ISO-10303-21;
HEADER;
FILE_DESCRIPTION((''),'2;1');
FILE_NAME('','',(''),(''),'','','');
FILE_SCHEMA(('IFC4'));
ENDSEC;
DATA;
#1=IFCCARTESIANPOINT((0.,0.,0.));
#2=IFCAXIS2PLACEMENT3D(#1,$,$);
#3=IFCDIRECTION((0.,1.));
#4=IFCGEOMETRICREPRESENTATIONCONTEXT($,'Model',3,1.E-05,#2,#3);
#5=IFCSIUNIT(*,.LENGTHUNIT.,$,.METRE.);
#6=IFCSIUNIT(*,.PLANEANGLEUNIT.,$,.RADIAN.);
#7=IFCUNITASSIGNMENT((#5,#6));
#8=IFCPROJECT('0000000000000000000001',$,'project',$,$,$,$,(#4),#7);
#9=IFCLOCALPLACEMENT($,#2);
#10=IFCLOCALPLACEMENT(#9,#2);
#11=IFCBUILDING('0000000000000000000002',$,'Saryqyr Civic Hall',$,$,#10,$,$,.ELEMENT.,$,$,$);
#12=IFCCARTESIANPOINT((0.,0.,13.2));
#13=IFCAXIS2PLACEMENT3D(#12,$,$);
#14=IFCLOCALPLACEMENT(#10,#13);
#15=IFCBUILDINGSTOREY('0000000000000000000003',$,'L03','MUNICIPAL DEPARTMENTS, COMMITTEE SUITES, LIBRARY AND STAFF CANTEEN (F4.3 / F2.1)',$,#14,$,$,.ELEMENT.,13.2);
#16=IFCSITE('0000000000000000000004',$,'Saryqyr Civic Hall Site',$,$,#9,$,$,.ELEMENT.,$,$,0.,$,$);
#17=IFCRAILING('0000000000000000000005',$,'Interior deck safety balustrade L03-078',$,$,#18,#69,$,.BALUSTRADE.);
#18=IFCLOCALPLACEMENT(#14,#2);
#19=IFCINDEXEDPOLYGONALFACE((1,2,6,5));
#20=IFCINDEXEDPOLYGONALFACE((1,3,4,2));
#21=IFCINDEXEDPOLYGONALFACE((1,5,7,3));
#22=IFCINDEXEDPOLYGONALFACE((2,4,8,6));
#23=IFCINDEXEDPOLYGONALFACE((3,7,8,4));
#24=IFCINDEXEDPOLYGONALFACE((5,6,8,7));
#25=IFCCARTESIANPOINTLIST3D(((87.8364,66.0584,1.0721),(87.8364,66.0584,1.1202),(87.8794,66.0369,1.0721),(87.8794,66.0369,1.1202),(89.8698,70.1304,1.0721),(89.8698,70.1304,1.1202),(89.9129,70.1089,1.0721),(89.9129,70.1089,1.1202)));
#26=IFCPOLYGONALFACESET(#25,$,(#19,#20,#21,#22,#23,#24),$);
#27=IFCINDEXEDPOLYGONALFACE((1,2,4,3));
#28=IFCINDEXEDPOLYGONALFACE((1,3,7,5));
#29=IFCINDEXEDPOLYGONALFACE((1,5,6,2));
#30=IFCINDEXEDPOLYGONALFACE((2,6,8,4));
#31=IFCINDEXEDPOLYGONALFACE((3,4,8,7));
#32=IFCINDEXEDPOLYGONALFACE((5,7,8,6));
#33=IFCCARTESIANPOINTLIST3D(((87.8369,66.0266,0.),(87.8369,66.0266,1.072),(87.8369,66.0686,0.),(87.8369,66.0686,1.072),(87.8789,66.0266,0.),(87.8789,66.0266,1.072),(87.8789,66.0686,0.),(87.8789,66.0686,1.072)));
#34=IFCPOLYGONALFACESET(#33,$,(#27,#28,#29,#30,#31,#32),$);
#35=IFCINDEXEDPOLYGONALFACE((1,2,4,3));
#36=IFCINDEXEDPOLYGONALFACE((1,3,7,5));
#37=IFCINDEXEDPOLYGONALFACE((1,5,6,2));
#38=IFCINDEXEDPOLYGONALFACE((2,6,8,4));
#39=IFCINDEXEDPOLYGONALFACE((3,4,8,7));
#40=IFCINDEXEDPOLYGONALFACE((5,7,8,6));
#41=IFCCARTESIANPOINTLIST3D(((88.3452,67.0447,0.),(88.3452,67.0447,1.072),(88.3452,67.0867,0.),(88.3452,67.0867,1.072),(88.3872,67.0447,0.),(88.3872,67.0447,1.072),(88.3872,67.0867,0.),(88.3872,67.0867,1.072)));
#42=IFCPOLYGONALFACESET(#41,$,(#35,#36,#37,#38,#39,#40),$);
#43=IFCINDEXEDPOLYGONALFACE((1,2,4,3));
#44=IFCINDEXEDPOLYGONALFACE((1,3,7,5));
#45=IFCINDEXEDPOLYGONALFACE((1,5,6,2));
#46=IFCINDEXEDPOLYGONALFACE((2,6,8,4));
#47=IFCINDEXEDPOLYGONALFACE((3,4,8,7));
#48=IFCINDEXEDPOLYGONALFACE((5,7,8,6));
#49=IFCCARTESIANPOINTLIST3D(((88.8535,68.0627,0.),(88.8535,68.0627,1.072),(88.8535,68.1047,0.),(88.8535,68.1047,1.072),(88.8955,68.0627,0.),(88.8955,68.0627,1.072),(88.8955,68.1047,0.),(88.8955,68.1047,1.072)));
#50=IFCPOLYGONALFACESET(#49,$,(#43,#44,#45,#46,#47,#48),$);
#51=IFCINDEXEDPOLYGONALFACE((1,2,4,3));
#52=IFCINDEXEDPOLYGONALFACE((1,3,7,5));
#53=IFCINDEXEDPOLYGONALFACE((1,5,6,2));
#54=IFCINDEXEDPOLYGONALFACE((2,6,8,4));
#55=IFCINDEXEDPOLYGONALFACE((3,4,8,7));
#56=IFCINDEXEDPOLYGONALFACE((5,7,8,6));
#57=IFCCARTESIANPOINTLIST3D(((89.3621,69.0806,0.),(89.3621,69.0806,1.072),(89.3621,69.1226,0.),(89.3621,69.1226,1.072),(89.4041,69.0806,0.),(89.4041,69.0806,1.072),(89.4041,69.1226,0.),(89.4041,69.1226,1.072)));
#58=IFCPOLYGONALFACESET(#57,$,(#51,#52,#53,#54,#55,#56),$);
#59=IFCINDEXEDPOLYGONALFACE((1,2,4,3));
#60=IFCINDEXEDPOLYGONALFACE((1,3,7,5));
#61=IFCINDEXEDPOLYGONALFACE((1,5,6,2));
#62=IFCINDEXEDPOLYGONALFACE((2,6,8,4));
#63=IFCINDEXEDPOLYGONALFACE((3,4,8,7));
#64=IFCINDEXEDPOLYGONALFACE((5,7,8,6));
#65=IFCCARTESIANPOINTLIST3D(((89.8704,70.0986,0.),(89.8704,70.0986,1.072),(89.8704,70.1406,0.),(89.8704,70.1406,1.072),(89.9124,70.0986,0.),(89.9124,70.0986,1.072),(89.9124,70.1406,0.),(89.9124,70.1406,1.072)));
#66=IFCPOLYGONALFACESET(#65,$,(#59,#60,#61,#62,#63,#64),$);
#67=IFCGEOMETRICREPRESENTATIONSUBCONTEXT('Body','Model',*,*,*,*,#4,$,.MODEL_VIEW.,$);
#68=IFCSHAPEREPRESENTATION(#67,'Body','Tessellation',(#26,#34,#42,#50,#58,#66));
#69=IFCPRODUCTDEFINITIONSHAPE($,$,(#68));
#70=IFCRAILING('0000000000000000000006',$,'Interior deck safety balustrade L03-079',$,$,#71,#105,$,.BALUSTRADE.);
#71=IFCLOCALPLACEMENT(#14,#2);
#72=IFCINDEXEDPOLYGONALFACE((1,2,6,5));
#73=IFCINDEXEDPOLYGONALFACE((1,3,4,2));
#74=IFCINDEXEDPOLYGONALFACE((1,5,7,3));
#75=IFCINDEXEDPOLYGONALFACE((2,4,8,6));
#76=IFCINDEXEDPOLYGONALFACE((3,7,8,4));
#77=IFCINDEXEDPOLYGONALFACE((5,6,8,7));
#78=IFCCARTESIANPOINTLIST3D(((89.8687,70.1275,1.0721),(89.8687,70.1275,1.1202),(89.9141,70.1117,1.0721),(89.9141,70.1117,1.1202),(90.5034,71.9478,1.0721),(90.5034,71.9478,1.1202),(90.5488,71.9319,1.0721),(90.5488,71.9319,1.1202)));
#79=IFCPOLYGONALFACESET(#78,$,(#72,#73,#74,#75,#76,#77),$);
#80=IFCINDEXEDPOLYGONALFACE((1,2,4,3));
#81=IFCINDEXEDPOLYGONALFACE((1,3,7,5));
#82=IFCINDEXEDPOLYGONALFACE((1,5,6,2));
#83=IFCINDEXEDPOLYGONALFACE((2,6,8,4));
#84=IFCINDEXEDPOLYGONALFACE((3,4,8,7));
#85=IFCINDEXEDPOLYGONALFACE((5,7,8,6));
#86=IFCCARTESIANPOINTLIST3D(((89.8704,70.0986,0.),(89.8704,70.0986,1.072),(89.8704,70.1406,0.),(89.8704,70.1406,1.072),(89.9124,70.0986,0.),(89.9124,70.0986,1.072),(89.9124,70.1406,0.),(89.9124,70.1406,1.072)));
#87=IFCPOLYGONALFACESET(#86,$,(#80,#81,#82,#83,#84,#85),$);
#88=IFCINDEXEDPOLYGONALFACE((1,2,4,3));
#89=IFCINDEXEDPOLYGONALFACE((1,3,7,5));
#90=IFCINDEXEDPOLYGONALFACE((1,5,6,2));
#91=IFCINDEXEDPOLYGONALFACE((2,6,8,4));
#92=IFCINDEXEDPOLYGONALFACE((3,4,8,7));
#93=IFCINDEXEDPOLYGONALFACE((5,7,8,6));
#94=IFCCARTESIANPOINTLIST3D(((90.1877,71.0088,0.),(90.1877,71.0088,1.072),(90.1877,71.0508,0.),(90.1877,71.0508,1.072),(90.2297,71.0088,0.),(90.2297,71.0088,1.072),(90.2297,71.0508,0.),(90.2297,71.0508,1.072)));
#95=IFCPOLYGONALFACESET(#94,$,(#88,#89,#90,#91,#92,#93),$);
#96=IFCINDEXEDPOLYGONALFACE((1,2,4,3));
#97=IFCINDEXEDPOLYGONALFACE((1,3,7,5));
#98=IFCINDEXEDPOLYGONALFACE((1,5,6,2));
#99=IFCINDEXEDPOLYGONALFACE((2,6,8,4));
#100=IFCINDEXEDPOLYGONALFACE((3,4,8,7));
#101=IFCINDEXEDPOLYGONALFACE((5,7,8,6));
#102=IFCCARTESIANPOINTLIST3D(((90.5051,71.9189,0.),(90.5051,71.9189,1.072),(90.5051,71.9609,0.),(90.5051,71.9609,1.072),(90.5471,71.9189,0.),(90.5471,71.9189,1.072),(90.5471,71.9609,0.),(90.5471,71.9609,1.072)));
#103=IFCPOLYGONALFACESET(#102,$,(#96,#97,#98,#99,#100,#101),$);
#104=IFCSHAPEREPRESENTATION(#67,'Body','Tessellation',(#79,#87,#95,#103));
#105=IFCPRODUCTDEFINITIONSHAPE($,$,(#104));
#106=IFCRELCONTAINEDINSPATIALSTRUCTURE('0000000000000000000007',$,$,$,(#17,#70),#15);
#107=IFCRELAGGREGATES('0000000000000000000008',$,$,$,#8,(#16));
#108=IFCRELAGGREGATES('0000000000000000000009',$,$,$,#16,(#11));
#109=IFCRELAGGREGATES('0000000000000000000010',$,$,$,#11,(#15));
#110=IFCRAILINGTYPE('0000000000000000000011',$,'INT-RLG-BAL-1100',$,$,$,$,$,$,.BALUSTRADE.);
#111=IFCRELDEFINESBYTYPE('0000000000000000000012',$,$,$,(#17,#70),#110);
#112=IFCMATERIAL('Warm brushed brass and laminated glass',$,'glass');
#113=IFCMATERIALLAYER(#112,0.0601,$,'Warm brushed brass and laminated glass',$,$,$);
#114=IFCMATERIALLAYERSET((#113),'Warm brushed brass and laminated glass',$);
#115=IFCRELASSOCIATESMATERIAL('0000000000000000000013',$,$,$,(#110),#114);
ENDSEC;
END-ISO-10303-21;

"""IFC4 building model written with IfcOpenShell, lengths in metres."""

from ifc_helpers import new_model, si_unit, direction, frame, origin, origin_2d, place, context, subcontext, project, spatial, rectangle, extrude, material, layer, layer_set, type_object, element, save


model = new_model("IFC4")

# Units and contexts
model_context = context("Model", 3, precision=1e-05, world=origin(), true_north=direction((0.0, 1.0)))
body_context = subcontext(model_context, "Body", "Model", "MODEL_VIEW")
ifc_project = project(units=[si_unit("LENGTHUNIT", "METRE"), si_unit("PLANEANGLEUNIT", "RADIAN")], contexts=[model_context])

# Site, building, storey
site_placement = place(None, origin())
site = spatial("IfcSite", under=ifc_project, at=site_placement, Name="Saryqyr Civic Hall Site", CompositionType="ELEMENT", RefElevation=0.0)
building_placement = place(site_placement, origin())
building = spatial("IfcBuilding", under=site, at=building_placement, Name="Saryqyr Civic Hall", CompositionType="ELEMENT")
storey_placement = place(building_placement, frame((0.0, 0.0, 13.2)))
storey = spatial("IfcBuildingStorey", under=building, at=storey_placement, Name="L03", Description="MUNICIPAL DEPARTMENTS, COMMITTEE SUITES, LIBRARY AND STAFF CANTEEN (F4.3 / F2.1)", CompositionType="ELEMENT", Elevation=13.2)

# Railings
ifc_material_1 = material(Name="Warm brushed brass and laminated glass", Category="glass")
ifc_layer_1 = layer(ifc_material_1, 0.0601, Name="Warm brushed brass and laminated glass")
ifc_layer_set_1 = layer_set([ifc_layer_1], Name="Warm brushed brass and laminated glass")
railing_type = type_object("IfcRailingType", Name="INT-RLG-BAL-1100", PredefinedType="BALUSTRADE", material=ifc_layer_set_1)
railing_1_placement = place(storey_placement, frame((87.8579, 66.0476, 0.0)))
element("IfcRailing", 1, at=railing_1_placement, inside=storey, type_object=railing_type, Name="Interior deck safety balustrade L03-078", PredefinedType="BALUSTRADE", context=body_context, shape_type="SweptSolid", body=[
    extrude(rectangle(XDim=0.0481, YDim=0.0481, at=origin_2d()), frame((0.0, 0.0, 1.0962), z_axis=(0.446763, 0.894652, 0.0), x_axis=(-0.894652, 0.446763, 0.0)), (0.0, 0.0, 1.0), 4.5515),
    extrude(rectangle(XDim=0.042, YDim=0.042, at=origin_2d()), origin(), (0.0, 0.0, 1.0), 1.072),
    extrude(rectangle(XDim=0.042, YDim=0.042, at=origin_2d()), frame((0.5083, 1.0181, 0.0)), (0.0, 0.0, 1.0), 1.072),
    extrude(rectangle(XDim=0.042, YDim=0.042, at=origin_2d()), frame((1.0166, 2.0361, 0.0)), (0.0, 0.0, 1.0), 1.072),
    extrude(rectangle(XDim=0.042, YDim=0.042, at=origin_2d()), frame((1.5251, 3.054, 0.0)), (0.0, 0.0, 1.0), 1.072),
    extrude(rectangle(XDim=0.042, YDim=0.042, at=origin_2d()), frame((2.0334, 4.072, 0.0)), (0.0, 0.0, 1.0), 1.072),
])
railing_2_placement = place(storey_placement, frame((89.8914, 70.1196, 0.0)))
element("IfcRailing", 2, at=railing_2_placement, inside=storey, type_object=railing_type, Name="Interior deck safety balustrade L03-079", PredefinedType="BALUSTRADE", context=body_context, shape_type="SweptSolid", body=[
    extrude(rectangle(XDim=0.0481, YDim=0.0481, at=origin_2d()), frame((0.0, 0.0, 1.0962), z_axis=(0.329267, 0.944237, 0.0), x_axis=(-0.944237, 0.329267, 0.0)), (0.0, 0.0, 1.0), 1.9277),
    extrude(rectangle(XDim=0.042, YDim=0.042, at=origin_2d()), origin(), (0.0, 0.0, 1.0), 1.072),
    extrude(rectangle(XDim=0.042, YDim=0.042, at=origin_2d()), frame((0.3174, 0.9102, 0.0)), (0.0, 0.0, 1.0), 1.072),
    extrude(rectangle(XDim=0.042, YDim=0.042, at=origin_2d()), frame((0.6348, 1.8203, 0.0)), (0.0, 0.0, 1.0), 1.072),
])

save(model, "model.ifc")
